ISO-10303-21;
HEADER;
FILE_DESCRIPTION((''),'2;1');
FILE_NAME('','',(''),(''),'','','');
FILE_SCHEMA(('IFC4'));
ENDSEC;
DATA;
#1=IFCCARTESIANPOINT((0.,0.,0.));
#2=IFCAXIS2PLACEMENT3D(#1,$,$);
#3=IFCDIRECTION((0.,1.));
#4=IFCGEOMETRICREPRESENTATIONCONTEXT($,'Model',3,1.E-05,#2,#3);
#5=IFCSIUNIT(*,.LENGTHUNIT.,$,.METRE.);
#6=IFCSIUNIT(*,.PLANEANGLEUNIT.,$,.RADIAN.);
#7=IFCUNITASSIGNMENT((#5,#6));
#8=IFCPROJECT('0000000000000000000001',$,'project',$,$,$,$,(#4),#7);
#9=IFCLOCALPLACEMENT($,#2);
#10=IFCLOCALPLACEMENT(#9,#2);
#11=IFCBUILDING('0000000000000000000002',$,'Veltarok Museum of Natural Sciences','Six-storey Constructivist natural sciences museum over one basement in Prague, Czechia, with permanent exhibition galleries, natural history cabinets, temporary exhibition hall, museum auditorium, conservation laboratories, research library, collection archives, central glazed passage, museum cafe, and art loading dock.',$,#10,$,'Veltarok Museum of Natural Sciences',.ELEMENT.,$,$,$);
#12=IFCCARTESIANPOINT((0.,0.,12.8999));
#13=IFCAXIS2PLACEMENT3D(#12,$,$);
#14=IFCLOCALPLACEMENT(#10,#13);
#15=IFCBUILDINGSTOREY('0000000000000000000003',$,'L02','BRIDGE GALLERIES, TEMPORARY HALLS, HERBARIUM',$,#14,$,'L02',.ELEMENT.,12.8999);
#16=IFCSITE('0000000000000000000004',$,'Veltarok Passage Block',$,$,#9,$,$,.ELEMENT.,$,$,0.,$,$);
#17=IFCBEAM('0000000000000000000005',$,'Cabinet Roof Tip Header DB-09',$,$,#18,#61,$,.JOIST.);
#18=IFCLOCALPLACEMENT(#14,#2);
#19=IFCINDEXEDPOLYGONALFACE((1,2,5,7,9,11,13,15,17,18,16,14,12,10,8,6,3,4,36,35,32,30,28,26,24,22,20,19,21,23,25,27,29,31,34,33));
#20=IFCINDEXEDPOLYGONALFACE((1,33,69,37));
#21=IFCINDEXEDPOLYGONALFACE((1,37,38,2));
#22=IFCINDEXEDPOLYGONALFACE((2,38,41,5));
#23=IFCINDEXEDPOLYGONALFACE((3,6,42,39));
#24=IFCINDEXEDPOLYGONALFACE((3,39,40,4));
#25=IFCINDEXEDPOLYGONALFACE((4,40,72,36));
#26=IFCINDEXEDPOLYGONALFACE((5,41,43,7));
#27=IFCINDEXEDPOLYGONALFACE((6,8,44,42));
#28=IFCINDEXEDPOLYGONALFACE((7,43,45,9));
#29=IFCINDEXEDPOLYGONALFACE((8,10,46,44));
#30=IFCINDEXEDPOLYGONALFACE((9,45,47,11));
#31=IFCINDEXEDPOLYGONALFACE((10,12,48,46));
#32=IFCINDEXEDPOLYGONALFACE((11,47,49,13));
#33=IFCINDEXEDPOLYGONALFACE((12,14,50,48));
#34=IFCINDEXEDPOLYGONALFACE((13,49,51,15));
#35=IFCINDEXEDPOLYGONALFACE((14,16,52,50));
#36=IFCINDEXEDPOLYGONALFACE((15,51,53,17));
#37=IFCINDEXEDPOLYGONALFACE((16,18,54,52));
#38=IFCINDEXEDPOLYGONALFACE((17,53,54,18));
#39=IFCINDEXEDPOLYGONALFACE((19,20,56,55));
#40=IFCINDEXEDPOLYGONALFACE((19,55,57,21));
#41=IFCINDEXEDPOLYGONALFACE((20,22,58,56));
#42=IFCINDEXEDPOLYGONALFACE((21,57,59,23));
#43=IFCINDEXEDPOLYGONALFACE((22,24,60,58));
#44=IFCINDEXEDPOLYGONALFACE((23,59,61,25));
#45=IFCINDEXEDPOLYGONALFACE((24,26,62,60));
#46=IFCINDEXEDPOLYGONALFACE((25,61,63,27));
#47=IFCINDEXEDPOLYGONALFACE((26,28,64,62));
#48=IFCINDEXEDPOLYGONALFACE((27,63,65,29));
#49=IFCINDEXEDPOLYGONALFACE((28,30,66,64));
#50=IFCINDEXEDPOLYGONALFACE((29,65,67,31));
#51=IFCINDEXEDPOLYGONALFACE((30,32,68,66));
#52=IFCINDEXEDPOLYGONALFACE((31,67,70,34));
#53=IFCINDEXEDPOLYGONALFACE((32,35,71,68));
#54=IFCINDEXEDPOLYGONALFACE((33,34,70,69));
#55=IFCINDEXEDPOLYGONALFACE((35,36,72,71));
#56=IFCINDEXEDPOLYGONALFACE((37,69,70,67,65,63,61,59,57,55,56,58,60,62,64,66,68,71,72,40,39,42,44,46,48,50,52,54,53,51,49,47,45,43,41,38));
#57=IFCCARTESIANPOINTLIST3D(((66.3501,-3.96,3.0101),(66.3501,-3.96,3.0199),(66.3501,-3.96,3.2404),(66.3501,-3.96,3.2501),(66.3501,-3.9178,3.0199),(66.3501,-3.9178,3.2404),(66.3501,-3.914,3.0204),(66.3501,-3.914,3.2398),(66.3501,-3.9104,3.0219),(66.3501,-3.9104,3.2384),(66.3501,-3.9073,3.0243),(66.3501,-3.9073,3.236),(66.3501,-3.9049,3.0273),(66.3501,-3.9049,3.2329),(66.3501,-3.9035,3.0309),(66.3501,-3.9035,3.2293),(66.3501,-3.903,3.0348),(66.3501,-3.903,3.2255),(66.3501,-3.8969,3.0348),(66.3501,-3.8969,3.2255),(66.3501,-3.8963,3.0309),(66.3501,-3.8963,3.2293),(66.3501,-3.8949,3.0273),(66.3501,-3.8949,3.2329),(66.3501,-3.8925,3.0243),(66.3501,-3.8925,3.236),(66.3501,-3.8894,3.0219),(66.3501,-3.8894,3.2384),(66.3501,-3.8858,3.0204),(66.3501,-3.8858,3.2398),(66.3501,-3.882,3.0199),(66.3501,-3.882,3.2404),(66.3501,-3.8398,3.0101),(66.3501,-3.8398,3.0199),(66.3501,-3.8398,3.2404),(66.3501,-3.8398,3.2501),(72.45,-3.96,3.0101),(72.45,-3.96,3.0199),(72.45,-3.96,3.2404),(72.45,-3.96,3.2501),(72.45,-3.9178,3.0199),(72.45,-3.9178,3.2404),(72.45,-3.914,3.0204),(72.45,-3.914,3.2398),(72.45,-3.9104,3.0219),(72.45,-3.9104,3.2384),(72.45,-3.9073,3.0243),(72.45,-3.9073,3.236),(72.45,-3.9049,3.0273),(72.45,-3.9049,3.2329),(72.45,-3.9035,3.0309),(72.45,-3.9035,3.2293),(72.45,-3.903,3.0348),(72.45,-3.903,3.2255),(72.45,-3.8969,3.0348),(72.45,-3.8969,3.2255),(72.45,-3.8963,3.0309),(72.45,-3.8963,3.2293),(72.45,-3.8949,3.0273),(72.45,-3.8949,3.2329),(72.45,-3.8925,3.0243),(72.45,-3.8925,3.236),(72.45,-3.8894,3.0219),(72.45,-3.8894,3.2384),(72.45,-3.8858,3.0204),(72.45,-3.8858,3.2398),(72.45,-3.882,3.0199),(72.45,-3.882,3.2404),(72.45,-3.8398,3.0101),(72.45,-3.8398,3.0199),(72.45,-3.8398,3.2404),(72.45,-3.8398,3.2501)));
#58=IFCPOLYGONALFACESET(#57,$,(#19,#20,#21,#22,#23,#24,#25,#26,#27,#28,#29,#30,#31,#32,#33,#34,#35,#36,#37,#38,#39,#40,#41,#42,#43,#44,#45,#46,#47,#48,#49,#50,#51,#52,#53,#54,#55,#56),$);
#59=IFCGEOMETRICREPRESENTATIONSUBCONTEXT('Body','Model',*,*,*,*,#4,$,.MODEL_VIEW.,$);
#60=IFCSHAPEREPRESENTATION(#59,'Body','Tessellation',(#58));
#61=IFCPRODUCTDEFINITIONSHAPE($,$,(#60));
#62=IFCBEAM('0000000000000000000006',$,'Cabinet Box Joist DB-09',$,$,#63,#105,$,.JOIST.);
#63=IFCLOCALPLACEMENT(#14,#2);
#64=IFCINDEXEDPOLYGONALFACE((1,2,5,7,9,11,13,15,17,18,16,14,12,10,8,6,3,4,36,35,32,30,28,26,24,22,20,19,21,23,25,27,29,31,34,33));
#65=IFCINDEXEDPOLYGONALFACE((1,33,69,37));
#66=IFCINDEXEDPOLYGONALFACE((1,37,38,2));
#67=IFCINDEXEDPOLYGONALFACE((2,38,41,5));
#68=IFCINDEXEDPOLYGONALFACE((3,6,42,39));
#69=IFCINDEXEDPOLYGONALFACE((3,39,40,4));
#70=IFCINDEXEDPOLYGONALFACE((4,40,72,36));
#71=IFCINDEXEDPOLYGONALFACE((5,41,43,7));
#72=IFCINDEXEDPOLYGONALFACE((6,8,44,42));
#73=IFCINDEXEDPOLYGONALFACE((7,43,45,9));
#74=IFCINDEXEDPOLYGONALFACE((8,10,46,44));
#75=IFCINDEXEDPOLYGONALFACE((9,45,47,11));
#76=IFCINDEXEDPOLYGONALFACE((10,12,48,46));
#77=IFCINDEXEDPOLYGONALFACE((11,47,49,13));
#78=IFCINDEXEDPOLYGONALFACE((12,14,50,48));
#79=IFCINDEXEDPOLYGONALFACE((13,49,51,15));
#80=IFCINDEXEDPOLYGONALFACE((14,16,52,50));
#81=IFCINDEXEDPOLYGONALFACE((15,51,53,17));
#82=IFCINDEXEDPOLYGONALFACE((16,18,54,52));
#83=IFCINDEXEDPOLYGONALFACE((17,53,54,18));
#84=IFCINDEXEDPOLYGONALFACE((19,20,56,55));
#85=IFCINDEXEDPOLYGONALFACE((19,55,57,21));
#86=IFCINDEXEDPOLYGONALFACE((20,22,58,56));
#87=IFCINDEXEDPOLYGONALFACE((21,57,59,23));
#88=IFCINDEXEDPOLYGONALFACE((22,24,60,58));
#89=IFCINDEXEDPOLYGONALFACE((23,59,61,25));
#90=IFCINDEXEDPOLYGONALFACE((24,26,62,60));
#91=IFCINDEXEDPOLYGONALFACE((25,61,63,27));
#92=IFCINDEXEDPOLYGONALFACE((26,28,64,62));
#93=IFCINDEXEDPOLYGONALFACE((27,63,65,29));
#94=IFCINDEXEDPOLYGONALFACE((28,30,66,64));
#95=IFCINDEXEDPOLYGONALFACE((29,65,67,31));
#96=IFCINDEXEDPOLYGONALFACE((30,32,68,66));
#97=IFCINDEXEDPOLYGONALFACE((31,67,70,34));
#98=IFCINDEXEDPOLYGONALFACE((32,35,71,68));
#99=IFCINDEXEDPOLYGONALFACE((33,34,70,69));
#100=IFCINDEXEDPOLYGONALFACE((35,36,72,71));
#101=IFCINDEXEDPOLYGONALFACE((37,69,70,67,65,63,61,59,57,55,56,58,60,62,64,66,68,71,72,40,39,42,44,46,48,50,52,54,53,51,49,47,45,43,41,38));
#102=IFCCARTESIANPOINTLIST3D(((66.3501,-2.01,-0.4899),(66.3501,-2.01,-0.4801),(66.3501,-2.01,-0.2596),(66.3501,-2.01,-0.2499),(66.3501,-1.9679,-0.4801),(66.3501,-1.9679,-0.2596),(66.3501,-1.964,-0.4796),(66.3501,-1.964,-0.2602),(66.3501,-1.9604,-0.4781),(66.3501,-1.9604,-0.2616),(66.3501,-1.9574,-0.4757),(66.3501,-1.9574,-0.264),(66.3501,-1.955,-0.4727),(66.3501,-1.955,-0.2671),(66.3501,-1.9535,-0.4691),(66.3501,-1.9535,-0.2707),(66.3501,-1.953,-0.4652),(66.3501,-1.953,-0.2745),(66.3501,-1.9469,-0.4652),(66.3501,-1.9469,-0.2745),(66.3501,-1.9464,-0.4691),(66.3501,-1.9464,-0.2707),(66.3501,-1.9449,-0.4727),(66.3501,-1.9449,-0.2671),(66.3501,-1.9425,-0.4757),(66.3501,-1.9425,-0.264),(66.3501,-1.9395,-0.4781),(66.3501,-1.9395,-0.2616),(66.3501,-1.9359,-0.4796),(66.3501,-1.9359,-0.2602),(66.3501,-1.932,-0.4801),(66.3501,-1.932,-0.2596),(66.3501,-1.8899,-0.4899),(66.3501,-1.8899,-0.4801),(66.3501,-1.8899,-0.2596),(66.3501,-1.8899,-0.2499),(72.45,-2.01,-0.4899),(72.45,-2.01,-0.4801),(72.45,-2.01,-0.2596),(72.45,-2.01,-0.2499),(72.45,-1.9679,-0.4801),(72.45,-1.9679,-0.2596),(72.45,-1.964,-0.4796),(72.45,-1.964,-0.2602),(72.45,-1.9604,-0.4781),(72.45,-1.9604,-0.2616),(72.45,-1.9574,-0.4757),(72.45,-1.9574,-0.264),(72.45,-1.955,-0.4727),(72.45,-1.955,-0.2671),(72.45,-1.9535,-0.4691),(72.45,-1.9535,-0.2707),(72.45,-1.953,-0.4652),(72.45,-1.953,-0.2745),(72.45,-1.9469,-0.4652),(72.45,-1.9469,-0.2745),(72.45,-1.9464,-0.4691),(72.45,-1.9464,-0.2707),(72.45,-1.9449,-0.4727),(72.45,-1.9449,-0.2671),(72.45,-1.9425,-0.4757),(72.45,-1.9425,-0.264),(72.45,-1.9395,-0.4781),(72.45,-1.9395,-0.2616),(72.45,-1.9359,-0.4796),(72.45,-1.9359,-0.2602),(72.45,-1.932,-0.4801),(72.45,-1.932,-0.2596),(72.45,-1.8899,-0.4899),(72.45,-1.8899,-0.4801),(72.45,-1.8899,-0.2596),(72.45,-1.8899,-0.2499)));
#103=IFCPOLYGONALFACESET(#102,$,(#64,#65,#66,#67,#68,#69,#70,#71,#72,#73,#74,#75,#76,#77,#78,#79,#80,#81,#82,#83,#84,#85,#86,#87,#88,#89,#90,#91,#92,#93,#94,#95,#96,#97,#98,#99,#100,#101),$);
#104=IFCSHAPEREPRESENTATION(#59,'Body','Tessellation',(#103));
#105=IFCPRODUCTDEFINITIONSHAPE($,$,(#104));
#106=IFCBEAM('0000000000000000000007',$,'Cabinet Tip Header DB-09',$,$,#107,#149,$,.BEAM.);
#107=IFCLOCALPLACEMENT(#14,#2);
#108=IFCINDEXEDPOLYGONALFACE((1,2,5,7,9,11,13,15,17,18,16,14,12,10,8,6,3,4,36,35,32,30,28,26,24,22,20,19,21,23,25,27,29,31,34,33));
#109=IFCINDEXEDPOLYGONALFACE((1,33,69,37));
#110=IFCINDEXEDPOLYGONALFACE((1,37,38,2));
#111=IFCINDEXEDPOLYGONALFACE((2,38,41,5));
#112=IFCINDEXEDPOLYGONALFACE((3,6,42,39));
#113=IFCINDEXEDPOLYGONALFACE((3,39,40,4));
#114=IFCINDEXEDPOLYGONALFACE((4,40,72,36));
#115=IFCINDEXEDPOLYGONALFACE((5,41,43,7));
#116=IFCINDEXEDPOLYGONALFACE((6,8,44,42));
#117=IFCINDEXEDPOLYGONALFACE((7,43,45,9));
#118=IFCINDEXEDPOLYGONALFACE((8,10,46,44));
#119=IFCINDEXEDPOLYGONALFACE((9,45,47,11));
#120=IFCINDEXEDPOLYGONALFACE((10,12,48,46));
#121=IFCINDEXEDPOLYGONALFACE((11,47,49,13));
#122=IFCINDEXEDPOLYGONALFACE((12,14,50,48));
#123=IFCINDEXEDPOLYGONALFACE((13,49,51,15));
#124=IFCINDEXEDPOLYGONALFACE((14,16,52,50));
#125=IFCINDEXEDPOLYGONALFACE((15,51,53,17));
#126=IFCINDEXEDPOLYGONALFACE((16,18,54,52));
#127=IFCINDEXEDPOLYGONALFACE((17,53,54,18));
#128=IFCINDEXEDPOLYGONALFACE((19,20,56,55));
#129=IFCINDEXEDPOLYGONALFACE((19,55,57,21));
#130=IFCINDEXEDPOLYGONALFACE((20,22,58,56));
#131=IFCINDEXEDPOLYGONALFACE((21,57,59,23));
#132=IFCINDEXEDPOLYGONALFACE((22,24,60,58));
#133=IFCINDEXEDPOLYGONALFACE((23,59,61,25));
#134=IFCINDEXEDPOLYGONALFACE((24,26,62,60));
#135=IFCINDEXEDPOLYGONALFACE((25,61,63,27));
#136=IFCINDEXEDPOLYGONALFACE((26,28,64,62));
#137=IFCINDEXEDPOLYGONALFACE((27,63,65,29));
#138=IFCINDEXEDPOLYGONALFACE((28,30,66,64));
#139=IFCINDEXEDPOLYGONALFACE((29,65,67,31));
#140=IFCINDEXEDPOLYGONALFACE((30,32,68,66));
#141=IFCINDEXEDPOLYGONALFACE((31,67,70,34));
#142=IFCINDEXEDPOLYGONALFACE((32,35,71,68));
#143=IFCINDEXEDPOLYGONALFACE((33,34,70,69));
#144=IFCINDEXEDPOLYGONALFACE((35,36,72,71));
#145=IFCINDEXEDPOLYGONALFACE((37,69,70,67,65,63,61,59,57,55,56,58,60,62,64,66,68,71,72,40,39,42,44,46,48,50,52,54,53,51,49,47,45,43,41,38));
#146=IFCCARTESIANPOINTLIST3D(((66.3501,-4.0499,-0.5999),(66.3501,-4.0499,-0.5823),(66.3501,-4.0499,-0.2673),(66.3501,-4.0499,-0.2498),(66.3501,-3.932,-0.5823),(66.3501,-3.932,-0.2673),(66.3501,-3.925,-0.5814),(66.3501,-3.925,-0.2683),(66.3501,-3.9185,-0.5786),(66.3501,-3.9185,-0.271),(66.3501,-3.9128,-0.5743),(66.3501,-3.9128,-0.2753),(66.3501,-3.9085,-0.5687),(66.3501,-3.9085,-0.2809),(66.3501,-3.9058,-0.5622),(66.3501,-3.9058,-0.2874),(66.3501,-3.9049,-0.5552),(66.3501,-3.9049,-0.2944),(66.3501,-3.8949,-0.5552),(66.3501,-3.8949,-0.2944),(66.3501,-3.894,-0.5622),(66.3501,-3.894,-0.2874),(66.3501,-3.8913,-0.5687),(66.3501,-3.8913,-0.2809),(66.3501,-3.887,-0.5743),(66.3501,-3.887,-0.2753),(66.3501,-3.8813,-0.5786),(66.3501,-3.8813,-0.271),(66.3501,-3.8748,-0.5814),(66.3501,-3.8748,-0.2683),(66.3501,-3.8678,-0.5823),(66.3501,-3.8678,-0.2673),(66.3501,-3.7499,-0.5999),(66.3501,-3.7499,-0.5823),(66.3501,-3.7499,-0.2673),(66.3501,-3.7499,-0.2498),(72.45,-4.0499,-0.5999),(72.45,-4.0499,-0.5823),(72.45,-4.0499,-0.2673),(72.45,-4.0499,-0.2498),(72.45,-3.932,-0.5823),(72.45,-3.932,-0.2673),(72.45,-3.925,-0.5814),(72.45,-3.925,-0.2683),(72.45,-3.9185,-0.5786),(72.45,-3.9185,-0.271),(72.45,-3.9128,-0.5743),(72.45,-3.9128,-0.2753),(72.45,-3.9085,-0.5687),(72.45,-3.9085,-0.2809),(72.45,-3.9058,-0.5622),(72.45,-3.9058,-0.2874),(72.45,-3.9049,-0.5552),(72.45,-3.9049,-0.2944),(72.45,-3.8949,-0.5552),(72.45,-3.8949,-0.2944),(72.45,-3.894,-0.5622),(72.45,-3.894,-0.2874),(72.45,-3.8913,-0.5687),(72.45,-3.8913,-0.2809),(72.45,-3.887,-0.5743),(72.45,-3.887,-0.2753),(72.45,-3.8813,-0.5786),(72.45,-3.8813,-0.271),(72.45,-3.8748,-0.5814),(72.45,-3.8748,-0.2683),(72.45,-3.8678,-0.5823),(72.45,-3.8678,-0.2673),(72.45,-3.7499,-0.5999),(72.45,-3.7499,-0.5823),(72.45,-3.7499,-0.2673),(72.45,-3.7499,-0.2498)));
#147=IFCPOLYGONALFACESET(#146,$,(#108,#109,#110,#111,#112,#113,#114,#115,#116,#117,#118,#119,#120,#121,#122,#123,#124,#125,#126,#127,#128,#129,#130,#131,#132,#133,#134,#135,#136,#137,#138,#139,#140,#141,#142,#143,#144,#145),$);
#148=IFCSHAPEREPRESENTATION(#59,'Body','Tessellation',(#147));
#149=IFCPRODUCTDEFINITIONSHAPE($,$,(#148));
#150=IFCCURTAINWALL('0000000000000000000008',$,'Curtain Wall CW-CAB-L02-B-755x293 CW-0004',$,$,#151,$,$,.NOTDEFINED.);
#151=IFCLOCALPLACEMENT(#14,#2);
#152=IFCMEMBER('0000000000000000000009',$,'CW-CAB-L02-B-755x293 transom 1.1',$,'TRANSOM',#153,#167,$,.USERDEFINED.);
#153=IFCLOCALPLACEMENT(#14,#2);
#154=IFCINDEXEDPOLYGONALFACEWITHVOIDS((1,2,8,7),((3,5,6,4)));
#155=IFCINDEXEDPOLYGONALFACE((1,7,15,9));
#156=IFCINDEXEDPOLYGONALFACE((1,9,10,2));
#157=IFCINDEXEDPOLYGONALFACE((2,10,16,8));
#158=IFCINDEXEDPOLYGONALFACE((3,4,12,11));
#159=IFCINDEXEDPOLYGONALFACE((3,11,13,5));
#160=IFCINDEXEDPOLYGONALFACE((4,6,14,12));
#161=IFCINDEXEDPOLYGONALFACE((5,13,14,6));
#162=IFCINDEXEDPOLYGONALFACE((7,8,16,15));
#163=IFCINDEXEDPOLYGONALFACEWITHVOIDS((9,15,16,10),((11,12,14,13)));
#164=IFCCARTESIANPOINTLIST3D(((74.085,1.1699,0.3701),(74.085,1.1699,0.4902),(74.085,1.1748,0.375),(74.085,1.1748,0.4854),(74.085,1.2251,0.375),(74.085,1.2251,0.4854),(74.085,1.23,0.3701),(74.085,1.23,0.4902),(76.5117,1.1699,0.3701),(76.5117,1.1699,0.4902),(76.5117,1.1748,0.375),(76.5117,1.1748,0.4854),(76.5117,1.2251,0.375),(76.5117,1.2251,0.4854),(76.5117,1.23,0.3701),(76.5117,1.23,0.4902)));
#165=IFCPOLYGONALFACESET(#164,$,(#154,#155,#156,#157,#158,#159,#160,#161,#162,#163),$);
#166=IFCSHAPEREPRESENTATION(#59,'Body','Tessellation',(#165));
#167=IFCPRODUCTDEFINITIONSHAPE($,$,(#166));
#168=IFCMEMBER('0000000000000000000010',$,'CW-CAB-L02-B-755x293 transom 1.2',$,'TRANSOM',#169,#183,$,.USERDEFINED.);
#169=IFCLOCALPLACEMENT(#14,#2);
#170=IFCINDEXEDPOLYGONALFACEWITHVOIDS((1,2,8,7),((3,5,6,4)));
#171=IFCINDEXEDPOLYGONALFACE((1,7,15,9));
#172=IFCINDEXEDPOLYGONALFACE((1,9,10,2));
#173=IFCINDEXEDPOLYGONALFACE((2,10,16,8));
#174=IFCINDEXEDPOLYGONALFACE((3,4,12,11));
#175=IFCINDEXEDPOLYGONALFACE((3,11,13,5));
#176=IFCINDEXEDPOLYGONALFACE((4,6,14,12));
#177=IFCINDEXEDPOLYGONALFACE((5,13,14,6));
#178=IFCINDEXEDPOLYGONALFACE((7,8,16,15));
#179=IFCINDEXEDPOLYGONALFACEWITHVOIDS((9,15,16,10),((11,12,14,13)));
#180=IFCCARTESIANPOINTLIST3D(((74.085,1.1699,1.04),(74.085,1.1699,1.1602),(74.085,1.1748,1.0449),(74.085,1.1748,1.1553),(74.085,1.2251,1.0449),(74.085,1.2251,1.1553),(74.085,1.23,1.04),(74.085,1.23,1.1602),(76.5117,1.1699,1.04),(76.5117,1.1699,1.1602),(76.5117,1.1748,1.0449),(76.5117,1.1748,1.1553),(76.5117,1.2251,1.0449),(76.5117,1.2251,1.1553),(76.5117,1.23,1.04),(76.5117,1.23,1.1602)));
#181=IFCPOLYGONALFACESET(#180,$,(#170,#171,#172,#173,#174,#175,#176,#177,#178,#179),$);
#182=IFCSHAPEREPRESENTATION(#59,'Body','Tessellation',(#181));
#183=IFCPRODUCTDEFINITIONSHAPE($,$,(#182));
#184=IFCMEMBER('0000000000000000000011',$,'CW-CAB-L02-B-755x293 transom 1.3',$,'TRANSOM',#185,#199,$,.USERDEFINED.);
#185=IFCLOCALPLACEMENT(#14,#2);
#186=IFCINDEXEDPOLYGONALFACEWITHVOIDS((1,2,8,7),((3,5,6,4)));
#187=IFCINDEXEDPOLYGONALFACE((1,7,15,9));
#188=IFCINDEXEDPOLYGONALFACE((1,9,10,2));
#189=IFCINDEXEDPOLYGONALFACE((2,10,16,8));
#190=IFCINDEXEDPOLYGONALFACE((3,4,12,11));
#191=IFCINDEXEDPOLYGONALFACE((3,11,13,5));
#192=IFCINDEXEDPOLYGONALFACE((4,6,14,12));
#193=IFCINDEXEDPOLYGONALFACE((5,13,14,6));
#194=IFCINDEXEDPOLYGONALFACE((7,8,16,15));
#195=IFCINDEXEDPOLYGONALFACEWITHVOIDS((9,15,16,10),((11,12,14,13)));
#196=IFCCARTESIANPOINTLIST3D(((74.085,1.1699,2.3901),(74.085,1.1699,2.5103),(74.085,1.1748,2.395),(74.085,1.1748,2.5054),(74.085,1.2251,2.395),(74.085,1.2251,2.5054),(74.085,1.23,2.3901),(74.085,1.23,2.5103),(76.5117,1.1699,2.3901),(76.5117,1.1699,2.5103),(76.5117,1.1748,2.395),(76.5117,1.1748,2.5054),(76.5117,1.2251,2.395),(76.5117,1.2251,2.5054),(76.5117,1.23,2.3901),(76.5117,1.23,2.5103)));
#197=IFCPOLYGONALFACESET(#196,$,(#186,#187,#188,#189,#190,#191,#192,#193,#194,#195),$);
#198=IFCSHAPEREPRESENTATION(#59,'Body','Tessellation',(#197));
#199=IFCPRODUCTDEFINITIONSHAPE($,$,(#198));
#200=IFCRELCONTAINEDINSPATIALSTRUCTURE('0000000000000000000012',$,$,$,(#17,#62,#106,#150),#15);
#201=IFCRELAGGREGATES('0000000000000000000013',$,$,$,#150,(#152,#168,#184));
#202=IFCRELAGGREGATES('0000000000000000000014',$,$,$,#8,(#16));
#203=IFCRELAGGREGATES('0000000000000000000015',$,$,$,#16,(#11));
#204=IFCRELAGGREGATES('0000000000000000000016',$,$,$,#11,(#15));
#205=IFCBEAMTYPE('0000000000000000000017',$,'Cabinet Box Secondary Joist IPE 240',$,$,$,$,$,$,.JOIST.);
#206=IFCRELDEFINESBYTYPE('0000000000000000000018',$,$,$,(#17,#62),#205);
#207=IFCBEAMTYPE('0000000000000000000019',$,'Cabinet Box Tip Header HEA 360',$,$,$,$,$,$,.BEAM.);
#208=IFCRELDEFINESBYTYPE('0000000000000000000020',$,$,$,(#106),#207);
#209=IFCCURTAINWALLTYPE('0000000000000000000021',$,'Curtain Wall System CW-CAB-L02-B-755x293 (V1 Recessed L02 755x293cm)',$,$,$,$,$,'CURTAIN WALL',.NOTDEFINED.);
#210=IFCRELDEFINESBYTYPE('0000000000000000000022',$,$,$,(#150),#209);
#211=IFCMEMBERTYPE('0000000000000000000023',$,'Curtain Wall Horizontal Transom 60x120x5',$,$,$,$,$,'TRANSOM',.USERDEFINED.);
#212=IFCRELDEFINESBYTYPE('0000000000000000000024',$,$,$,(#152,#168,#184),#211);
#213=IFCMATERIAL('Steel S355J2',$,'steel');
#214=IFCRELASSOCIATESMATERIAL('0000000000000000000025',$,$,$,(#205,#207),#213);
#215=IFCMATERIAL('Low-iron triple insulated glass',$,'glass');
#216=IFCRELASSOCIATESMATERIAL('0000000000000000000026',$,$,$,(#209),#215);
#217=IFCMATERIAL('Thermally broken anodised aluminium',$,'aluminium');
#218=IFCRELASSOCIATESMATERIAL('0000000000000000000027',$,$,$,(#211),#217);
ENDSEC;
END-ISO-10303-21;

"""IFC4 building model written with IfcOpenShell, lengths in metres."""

from ifc_helpers import new_model, si_unit, direction, frame, origin, origin_2d, place, context, subcontext, project, spatial, hollow_rectangle, i_section, extrude, material, material_profile, profile_set, type_object, element, aggregate, save


model = new_model("IFC4")

# Units and contexts
model_context = context("Model", 3, precision=1e-05, world=origin(), true_north=direction((0.0, 1.0)))
body_context = subcontext(model_context, "Body", "Model", "MODEL_VIEW")
ifc_project = project(units=[si_unit("LENGTHUNIT", "METRE"), si_unit("PLANEANGLEUNIT", "RADIAN")], contexts=[model_context])

# Site, building, storey
site_placement = place(None, origin())
site = spatial("IfcSite", under=ifc_project, at=site_placement, Name="Veltarok Passage Block", CompositionType="ELEMENT", RefElevation=0.0)
building_placement = place(site_placement, origin())
building = spatial("IfcBuilding", under=site, at=building_placement, Name="Veltarok Museum of Natural Sciences", Description="Six-storey Constructivist natural sciences museum over one basement in Prague, Czechia, with permanent exhibition galleries, natural history cabinets, temporary exhibition hall, museum auditorium, conservation laboratories, research library, collection archives, central glazed passage, museum cafe, and art loading dock.", LongName="Veltarok Museum of Natural Sciences", CompositionType="ELEMENT")
storey_placement = place(building_placement, frame((0.0, 0.0, 12.8999)))
storey = spatial("IfcBuildingStorey", under=building, at=storey_placement, Name="L02", Description="BRIDGE GALLERIES, TEMPORARY HALLS, HERBARIUM", LongName="L02", CompositionType="ELEMENT", Elevation=12.8999)

# Beams
ifc_material_1 = material(Name="Steel S355J2", Category="steel")
ifc_material_profile_1 = material_profile(ifc_material_1, i_section(OverallWidth=0.1201, OverallDepth=0.24, WebThickness=0.0061, FlangeThickness=0.0098, FilletRadius=0.0149, at=origin_2d()), Name="IPE 240")
ifc_profile_set_1 = profile_set([ifc_material_profile_1], Name="Steel S355J2")
beam_type_1 = type_object("IfcBeamType", Name="Cabinet Box Secondary Joist IPE 240", PredefinedType="JOIST", material=ifc_profile_set_1)
for number, where, z_axis, x_axis, name in (
    (1, (66.3501, -3.8999, 3.1301), (1.0, 0.0, 0.0), (0.0, 1.0, 0.0), "Cabinet Roof Tip Header DB-09"),
    (2, (66.3501, -1.95, -0.3699), (1.0, 0.0, 0.0), (0.0, 1.0, 0.0), "Cabinet Box Joist DB-09"),
):
    element("IfcBeam", number, at=place(storey_placement, frame(where, z_axis=z_axis, x_axis=x_axis)), inside=storey, type_object=beam_type_1, Name=name, PredefinedType="JOIST", context=body_context, shape_type="SweptSolid", body=[
        extrude(i_section(OverallWidth=0.1201, OverallDepth=0.24, WebThickness=0.0061, FlangeThickness=0.0098, FilletRadius=0.0149, at=origin_2d()), origin(), (0.0, 0.0, 1.0), 6.0999),
    ])
ifc_material_profile_2 = material_profile(ifc_material_1, i_section(OverallWidth=0.3, OverallDepth=0.3501, WebThickness=0.01, FlangeThickness=0.0176, FilletRadius=0.0271, at=origin_2d()), Name="HEA 360")
ifc_profile_set_2 = profile_set([ifc_material_profile_2], Name="Steel S355J2")
beam_type_2 = type_object("IfcBeamType", Name="Cabinet Box Tip Header HEA 360", PredefinedType="BEAM", material=ifc_profile_set_2)
beam_1_placement = place(storey_placement, frame((66.3501, -3.8999, -0.4248), z_axis=(1.0, 0.0, 0.0), x_axis=(0.0, 1.0, 0.0)))
element("IfcBeam", 3, at=beam_1_placement, inside=storey, type_object=beam_type_2, Name="Cabinet Tip Header DB-09", PredefinedType="BEAM", context=body_context, shape_type="SweptSolid", body=[
    extrude(i_section(OverallWidth=0.3, OverallDepth=0.3501, WebThickness=0.01, FlangeThickness=0.0176, FilletRadius=0.0271, at=origin_2d()), origin(), (0.0, 0.0, 1.0), 6.0999),
])

# Curtain wall, members
ifc_material_2 = material(Name="Low-iron triple insulated glass", Category="glass")
curtain_wall_type = type_object("IfcCurtainWallType", Name="Curtain Wall System CW-CAB-L02-B-755x293 (V1 Recessed L02 755x293cm)", ElementType="CURTAIN WALL", PredefinedType="NOTDEFINED", material=ifc_material_2)
curtain_wall_placement = place(storey_placement, origin())
curtain_wall = element("IfcCurtainWall", 4, at=curtain_wall_placement, inside=storey, type_object=curtain_wall_type, Name="Curtain Wall CW-CAB-L02-B-755x293 CW-0004", PredefinedType="NOTDEFINED")
ifc_material_3 = material(Name="Thermally broken anodised aluminium", Category="aluminium")
ifc_material_profile_3 = material_profile(ifc_material_3, hollow_rectangle(XDim=0.0601, YDim=0.1201, WallThickness=0.0049, at=origin_2d()), Name="CW TRANSOM 60x120x5")
ifc_profile_set_3 = profile_set([ifc_material_profile_3], Name="Thermally broken anodised aluminium")
member_type_1 = type_object("IfcMemberType", Name="Curtain Wall Horizontal Transom 60x120x5", ElementType="TRANSOM", PredefinedType="USERDEFINED", material=ifc_profile_set_3)
member_1_placement = place(storey_placement, frame((74.085, 1.2, 0.4302), z_axis=(1.0, 0.0, 0.0), x_axis=(0.0, 1.0, 0.0)))
member_1 = element("IfcMember", 5, at=member_1_placement, type_object=member_type_1, Name="CW-CAB-L02-B-755x293 transom 1.1", ObjectType="TRANSOM", PredefinedType="USERDEFINED", context=body_context, shape_type="SweptSolid", body=[
    extrude(hollow_rectangle(XDim=0.0601, YDim=0.1201, WallThickness=0.0049, at=origin_2d()), origin(), (0.0, 0.0, 1.0), 2.4268),
])
member_2_placement = place(storey_placement, frame((74.085, 1.2, 1.1001), z_axis=(1.0, 0.0, 0.0), x_axis=(0.0, 1.0, 0.0)))
member_2 = element("IfcMember", 6, at=member_2_placement, type_object=member_type_1, Name="CW-CAB-L02-B-755x293 transom 1.2", ObjectType="TRANSOM", PredefinedType="USERDEFINED", context=body_context, shape_type="SweptSolid", body=[
    extrude(hollow_rectangle(XDim=0.0601, YDim=0.1201, WallThickness=0.0049, at=origin_2d()), origin(), (0.0, 0.0, 1.0), 2.4268),
])
member_3_placement = place(storey_placement, frame((74.085, 1.2, 2.4502), z_axis=(1.0, 0.0, 0.0), x_axis=(0.0, 1.0, 0.0)))
member_3 = element("IfcMember", 7, at=member_3_placement, type_object=member_type_1, Name="CW-CAB-L02-B-755x293 transom 1.3", ObjectType="TRANSOM", PredefinedType="USERDEFINED", context=body_context, shape_type="SweptSolid", body=[
    extrude(hollow_rectangle(XDim=0.0601, YDim=0.1201, WallThickness=0.0049, at=origin_2d()), origin(), (0.0, 0.0, 1.0), 2.4268),
])

aggregate(curtain_wall, [member_1, member_2, member_3])

save(model, "model.ifc")
